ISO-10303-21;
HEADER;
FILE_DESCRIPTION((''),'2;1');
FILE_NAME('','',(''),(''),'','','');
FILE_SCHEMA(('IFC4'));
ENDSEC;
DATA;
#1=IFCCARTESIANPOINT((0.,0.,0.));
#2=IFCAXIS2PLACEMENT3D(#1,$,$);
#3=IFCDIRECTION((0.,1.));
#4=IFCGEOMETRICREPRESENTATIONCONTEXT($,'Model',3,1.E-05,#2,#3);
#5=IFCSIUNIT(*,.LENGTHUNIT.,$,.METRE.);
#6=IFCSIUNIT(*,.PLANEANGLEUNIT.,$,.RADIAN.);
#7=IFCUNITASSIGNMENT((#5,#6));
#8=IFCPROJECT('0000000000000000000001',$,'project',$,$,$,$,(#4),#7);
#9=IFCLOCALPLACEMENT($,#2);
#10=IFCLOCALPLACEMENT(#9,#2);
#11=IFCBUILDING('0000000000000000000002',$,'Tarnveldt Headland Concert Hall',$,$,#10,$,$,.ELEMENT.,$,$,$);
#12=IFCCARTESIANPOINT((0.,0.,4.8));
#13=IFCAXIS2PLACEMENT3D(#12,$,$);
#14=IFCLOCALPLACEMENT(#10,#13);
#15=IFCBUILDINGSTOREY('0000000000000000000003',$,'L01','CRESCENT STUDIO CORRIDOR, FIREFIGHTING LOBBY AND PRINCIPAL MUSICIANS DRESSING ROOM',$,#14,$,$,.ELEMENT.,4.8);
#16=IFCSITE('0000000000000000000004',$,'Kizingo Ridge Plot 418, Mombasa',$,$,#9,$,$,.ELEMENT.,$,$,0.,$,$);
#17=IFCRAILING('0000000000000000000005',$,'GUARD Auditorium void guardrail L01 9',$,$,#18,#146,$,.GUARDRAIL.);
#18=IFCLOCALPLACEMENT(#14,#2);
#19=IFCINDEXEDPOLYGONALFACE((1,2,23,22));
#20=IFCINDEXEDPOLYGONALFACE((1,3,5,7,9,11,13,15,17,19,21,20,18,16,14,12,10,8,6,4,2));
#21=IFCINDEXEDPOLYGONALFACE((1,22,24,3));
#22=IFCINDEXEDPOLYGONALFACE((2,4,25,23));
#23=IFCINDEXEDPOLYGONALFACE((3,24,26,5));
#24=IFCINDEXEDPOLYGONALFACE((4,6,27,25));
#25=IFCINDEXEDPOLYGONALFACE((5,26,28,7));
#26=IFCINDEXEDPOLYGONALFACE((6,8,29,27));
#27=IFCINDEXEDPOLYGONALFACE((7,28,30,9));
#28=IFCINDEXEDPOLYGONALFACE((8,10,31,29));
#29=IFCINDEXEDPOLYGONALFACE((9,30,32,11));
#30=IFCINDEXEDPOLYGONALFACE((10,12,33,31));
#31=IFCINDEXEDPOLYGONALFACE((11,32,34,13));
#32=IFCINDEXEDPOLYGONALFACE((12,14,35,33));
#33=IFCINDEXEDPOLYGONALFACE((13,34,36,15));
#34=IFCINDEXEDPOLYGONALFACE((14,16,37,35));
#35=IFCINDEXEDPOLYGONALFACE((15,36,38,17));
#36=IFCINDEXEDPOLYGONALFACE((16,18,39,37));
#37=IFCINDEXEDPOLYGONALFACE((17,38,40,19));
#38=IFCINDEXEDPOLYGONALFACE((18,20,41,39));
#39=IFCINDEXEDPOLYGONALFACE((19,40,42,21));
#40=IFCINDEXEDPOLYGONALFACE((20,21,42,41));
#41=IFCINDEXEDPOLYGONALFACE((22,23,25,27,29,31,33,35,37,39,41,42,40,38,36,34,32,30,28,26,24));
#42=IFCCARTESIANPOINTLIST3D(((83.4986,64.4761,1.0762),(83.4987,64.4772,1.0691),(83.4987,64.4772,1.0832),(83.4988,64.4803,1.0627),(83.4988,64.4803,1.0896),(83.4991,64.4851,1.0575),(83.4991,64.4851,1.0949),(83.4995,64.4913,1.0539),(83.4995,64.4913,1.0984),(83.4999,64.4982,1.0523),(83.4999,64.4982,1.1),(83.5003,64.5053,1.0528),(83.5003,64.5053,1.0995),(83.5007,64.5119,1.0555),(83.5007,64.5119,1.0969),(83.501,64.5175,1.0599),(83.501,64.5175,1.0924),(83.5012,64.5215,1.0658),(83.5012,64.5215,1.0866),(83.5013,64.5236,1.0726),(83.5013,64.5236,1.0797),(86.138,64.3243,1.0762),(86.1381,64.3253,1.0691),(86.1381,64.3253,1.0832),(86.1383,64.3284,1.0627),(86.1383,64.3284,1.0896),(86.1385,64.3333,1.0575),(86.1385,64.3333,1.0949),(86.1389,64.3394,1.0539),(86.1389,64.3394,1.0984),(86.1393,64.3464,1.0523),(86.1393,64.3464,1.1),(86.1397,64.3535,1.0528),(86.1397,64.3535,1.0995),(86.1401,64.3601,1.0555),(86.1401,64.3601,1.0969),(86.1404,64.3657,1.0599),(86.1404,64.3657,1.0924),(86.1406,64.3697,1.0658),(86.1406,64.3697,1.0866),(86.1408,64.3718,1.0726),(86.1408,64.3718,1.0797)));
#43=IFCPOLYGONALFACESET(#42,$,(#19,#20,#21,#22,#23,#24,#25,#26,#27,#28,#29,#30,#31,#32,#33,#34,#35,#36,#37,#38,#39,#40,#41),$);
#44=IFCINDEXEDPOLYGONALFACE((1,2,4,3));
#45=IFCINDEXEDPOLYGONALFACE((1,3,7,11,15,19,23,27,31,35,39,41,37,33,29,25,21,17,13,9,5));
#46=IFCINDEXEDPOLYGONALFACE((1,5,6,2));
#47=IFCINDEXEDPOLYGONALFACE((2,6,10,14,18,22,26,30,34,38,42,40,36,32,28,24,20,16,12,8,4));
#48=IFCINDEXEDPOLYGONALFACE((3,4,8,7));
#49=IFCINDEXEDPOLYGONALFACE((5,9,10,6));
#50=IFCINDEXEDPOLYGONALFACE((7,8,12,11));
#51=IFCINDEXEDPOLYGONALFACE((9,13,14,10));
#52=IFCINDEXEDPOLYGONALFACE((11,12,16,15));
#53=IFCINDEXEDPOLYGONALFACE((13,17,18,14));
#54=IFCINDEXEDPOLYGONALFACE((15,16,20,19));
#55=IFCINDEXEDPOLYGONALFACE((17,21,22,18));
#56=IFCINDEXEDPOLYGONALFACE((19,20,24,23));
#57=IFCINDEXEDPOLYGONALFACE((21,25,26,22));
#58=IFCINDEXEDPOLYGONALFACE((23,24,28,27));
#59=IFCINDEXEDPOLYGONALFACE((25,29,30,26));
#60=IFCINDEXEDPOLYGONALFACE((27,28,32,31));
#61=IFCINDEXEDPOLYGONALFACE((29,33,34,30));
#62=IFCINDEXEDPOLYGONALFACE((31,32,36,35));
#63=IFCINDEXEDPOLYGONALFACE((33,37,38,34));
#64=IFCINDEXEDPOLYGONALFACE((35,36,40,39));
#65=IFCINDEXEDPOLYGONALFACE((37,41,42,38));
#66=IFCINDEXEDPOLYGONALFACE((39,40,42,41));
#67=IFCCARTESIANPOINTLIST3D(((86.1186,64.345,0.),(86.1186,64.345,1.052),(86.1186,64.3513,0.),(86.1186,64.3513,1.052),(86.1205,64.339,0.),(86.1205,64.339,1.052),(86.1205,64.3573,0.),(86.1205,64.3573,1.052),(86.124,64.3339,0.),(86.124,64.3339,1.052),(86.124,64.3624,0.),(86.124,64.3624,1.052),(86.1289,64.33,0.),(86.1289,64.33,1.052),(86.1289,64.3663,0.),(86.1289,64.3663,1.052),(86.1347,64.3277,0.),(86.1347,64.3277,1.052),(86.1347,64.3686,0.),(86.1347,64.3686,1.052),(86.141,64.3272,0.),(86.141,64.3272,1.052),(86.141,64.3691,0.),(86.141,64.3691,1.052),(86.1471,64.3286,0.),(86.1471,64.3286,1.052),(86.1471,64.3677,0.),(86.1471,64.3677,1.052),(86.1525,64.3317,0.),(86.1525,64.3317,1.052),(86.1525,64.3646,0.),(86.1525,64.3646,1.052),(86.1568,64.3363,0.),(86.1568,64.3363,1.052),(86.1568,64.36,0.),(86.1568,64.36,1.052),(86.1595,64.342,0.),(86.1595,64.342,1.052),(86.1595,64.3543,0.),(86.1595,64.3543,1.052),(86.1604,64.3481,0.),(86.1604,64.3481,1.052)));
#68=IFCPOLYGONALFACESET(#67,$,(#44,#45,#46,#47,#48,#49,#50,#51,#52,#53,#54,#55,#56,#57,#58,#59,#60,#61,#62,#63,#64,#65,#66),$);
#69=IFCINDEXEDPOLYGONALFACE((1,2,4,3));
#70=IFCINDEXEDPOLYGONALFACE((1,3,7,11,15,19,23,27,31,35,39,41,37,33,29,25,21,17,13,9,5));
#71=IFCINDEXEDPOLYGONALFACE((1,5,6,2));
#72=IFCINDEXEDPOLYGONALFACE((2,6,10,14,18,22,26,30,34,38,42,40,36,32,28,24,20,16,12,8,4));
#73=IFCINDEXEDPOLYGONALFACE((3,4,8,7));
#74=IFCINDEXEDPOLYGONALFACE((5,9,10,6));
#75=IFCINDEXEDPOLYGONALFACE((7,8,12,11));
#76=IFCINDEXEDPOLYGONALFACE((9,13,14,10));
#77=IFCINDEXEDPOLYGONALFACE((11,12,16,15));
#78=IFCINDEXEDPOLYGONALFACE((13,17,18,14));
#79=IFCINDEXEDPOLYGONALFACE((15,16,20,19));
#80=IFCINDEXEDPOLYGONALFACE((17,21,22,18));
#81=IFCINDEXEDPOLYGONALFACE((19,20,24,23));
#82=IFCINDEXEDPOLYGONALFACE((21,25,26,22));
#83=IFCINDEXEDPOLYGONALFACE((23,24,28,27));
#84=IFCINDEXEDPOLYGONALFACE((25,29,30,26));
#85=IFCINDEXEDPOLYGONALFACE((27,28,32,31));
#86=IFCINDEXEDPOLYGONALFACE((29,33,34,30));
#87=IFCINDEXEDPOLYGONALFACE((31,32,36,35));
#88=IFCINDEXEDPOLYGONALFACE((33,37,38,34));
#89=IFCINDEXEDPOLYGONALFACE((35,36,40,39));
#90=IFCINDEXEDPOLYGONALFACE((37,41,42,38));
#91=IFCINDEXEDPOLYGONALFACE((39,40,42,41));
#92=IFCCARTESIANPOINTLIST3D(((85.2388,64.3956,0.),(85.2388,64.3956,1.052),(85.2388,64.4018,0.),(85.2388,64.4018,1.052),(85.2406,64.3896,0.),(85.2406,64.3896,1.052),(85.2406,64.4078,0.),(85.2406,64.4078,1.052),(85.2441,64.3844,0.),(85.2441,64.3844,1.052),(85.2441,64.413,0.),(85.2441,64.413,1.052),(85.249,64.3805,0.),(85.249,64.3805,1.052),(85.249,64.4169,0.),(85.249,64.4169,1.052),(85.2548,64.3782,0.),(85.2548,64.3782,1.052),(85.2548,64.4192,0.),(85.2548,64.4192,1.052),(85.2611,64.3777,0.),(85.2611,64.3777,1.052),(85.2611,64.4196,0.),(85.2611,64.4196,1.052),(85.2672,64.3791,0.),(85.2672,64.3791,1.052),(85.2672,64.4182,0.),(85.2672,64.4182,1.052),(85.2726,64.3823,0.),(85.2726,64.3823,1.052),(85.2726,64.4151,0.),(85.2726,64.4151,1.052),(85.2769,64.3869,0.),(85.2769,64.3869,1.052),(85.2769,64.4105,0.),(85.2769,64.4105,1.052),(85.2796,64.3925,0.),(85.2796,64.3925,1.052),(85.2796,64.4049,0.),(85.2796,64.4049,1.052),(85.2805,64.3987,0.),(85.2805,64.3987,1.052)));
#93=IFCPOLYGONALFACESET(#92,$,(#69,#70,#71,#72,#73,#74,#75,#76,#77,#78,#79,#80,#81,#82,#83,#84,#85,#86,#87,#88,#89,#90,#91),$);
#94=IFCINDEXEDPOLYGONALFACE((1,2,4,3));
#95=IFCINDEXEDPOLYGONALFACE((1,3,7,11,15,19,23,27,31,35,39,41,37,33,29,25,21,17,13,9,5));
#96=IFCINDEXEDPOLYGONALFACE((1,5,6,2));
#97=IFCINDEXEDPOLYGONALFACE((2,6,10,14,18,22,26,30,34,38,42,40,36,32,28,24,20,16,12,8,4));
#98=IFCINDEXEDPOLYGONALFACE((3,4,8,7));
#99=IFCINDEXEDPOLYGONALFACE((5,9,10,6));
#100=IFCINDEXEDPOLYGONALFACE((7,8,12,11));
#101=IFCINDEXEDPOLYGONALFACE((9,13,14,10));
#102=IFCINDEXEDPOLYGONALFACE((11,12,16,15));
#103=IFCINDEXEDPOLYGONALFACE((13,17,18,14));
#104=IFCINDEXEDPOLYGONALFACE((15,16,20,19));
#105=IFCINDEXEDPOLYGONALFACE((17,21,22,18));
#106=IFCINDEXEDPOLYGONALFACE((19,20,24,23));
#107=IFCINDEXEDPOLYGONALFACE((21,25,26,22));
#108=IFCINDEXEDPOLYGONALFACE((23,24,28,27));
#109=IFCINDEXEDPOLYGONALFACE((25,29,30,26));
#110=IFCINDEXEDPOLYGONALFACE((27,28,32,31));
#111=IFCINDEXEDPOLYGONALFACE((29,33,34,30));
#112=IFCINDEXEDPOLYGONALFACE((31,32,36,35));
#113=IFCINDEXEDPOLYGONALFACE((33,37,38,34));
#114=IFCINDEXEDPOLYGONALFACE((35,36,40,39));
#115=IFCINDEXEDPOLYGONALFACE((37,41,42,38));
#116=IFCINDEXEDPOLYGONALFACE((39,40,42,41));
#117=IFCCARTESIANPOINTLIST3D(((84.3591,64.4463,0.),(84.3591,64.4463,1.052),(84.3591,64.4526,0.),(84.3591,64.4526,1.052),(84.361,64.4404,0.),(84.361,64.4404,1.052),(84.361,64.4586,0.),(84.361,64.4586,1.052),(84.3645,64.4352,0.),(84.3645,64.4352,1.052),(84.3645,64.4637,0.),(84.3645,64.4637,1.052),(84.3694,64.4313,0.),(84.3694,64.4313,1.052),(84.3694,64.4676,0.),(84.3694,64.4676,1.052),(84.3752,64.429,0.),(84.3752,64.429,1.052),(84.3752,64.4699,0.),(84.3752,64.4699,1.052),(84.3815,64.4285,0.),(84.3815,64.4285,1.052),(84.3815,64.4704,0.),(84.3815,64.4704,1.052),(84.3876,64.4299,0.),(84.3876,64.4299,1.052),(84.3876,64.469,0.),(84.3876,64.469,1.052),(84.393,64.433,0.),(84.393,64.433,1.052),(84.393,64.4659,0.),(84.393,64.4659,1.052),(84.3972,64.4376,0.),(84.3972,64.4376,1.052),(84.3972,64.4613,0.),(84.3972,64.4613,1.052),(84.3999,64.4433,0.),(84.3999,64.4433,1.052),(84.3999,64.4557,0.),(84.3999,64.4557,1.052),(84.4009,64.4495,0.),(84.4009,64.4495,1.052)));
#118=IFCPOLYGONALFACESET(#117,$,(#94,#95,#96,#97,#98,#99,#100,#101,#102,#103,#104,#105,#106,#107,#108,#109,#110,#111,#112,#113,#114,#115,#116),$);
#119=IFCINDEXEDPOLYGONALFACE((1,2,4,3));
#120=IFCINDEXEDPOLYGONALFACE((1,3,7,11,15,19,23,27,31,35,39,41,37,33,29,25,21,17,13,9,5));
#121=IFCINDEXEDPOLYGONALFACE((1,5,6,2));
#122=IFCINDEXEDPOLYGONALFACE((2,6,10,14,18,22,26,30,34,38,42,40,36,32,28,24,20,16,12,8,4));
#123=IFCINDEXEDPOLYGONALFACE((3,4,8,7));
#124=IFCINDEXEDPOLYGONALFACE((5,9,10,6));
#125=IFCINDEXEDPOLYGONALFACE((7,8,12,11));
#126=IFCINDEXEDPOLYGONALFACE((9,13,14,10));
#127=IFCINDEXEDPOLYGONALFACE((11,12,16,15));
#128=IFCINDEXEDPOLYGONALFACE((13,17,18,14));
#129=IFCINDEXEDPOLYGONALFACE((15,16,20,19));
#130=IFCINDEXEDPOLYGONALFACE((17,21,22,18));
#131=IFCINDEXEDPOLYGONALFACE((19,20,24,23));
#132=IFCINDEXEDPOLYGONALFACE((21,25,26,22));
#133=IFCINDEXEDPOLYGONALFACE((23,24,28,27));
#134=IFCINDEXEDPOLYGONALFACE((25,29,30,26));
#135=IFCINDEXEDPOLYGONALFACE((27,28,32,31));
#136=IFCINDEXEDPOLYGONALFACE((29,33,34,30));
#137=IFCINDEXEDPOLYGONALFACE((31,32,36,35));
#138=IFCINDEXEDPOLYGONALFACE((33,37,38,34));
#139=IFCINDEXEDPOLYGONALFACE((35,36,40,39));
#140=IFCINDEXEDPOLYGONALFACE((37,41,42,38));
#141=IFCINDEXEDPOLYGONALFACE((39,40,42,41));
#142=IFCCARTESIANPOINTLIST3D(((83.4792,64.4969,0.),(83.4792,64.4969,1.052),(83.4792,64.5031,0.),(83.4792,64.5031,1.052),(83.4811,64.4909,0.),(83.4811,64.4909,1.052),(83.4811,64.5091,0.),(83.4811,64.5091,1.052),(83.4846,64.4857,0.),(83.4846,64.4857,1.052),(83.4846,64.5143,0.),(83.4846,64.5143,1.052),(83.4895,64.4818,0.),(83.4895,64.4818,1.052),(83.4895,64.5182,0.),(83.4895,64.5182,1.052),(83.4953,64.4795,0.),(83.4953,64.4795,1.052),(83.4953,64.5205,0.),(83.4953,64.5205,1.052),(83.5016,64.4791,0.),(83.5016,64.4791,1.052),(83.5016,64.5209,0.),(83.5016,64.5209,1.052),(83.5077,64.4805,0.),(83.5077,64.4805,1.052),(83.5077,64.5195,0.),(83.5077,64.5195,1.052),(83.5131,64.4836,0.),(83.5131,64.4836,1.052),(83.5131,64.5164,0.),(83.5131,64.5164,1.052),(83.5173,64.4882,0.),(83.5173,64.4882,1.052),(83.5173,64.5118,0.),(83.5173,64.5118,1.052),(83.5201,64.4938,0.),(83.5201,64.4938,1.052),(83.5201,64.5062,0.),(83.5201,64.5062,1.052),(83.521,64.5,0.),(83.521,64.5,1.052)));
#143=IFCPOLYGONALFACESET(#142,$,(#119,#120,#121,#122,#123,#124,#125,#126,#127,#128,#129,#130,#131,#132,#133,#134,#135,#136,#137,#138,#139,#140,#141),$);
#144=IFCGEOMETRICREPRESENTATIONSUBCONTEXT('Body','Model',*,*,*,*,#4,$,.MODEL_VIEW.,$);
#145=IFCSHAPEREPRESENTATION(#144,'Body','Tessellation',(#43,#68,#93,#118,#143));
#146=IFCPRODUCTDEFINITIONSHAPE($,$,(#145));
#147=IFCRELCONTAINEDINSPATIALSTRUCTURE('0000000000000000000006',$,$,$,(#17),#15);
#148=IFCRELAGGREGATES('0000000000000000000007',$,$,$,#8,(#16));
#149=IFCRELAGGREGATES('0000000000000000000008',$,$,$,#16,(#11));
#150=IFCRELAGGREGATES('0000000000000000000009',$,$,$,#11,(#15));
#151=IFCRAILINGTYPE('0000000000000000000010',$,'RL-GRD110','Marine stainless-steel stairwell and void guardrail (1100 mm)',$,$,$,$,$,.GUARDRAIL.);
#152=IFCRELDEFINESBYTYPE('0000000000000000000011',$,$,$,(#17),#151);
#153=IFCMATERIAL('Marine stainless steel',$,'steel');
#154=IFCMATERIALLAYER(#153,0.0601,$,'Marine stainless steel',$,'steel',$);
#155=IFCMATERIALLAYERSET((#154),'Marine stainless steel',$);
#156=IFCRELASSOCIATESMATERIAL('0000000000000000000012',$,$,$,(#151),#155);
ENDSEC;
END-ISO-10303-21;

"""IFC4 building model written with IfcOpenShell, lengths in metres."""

from ifc_helpers import new_model, si_unit, direction, frame, origin, origin_2d, place, context, subcontext, project, spatial, circle, extrude, material, layer, layer_set, type_object, element, save


model = new_model("IFC4")

# Units and contexts
model_context = context("Model", 3, precision=1e-05, world=origin(), true_north=direction((0.0, 1.0)))
body_context = subcontext(model_context, "Body", "Model", "MODEL_VIEW")
ifc_project = project(units=[si_unit("LENGTHUNIT", "METRE"), si_unit("PLANEANGLEUNIT", "RADIAN")], contexts=[model_context])

# Site, building, storey
site_placement = place(None, origin())
site = spatial("IfcSite", under=ifc_project, at=site_placement, Name="Kizingo Ridge Plot 418, Mombasa", CompositionType="ELEMENT", RefElevation=0.0)
building_placement = place(site_placement, origin())
building = spatial("IfcBuilding", under=site, at=building_placement, Name="Tarnveldt Headland Concert Hall", CompositionType="ELEMENT")
storey_placement = place(building_placement, frame((0.0, 0.0, 4.8)))
storey = spatial("IfcBuildingStorey", under=building, at=storey_placement, Name="L01", Description="CRESCENT STUDIO CORRIDOR, FIREFIGHTING LOBBY AND PRINCIPAL MUSICIANS DRESSING ROOM", CompositionType="ELEMENT", Elevation=4.8)

# Railing
ifc_material_1 = material(Name="Marine stainless steel", Category="steel")
ifc_layer_1 = layer(ifc_material_1, 0.0601, Name="Marine stainless steel", Category="steel")
ifc_layer_set_1 = layer_set([ifc_layer_1], Name="Marine stainless steel")
railing_type = type_object("IfcRailingType", Name="RL-GRD110", Description="Marine stainless-steel stairwell and void guardrail (1100 mm)", PredefinedType="GUARDRAIL", material=ifc_layer_set_1)
railing_1_placement = place(storey_placement, frame((86.1394, 64.3481, 0.0)))
element("IfcRailing", 1, at=railing_1_placement, inside=storey, type_object=railing_type, Name="GUARD Auditorium void guardrail L01 9", PredefinedType="GUARDRAIL", context=body_context, shape_type="SweptSolid", body=[
    extrude(circle(Radius=0.0239, at=origin_2d()), frame((0.0, 0.0, 1.0762), z_axis=(-0.998349, 0.057439, 0.0), x_axis=(-0.057439, -0.998349, 0.0)), (0.0, 0.0, 1.0), 2.6438),
    extrude(circle(Radius=0.021, at=origin_2d()), origin(), (0.0, 0.0, 1.0), 1.052),
    extrude(circle(Radius=0.021, at=origin_2d()), frame((-0.8799, 0.0505, 0.0)), (0.0, 0.0, 1.0), 1.052),
    extrude(circle(Radius=0.021, at=origin_2d()), frame((-1.7595, 0.1013, 0.0)), (0.0, 0.0, 1.0), 1.052),
    extrude(circle(Radius=0.021, at=origin_2d()), frame((-2.6394, 0.1519, 0.0)), (0.0, 0.0, 1.0), 1.052),
])

save(model, "model.ifc")
